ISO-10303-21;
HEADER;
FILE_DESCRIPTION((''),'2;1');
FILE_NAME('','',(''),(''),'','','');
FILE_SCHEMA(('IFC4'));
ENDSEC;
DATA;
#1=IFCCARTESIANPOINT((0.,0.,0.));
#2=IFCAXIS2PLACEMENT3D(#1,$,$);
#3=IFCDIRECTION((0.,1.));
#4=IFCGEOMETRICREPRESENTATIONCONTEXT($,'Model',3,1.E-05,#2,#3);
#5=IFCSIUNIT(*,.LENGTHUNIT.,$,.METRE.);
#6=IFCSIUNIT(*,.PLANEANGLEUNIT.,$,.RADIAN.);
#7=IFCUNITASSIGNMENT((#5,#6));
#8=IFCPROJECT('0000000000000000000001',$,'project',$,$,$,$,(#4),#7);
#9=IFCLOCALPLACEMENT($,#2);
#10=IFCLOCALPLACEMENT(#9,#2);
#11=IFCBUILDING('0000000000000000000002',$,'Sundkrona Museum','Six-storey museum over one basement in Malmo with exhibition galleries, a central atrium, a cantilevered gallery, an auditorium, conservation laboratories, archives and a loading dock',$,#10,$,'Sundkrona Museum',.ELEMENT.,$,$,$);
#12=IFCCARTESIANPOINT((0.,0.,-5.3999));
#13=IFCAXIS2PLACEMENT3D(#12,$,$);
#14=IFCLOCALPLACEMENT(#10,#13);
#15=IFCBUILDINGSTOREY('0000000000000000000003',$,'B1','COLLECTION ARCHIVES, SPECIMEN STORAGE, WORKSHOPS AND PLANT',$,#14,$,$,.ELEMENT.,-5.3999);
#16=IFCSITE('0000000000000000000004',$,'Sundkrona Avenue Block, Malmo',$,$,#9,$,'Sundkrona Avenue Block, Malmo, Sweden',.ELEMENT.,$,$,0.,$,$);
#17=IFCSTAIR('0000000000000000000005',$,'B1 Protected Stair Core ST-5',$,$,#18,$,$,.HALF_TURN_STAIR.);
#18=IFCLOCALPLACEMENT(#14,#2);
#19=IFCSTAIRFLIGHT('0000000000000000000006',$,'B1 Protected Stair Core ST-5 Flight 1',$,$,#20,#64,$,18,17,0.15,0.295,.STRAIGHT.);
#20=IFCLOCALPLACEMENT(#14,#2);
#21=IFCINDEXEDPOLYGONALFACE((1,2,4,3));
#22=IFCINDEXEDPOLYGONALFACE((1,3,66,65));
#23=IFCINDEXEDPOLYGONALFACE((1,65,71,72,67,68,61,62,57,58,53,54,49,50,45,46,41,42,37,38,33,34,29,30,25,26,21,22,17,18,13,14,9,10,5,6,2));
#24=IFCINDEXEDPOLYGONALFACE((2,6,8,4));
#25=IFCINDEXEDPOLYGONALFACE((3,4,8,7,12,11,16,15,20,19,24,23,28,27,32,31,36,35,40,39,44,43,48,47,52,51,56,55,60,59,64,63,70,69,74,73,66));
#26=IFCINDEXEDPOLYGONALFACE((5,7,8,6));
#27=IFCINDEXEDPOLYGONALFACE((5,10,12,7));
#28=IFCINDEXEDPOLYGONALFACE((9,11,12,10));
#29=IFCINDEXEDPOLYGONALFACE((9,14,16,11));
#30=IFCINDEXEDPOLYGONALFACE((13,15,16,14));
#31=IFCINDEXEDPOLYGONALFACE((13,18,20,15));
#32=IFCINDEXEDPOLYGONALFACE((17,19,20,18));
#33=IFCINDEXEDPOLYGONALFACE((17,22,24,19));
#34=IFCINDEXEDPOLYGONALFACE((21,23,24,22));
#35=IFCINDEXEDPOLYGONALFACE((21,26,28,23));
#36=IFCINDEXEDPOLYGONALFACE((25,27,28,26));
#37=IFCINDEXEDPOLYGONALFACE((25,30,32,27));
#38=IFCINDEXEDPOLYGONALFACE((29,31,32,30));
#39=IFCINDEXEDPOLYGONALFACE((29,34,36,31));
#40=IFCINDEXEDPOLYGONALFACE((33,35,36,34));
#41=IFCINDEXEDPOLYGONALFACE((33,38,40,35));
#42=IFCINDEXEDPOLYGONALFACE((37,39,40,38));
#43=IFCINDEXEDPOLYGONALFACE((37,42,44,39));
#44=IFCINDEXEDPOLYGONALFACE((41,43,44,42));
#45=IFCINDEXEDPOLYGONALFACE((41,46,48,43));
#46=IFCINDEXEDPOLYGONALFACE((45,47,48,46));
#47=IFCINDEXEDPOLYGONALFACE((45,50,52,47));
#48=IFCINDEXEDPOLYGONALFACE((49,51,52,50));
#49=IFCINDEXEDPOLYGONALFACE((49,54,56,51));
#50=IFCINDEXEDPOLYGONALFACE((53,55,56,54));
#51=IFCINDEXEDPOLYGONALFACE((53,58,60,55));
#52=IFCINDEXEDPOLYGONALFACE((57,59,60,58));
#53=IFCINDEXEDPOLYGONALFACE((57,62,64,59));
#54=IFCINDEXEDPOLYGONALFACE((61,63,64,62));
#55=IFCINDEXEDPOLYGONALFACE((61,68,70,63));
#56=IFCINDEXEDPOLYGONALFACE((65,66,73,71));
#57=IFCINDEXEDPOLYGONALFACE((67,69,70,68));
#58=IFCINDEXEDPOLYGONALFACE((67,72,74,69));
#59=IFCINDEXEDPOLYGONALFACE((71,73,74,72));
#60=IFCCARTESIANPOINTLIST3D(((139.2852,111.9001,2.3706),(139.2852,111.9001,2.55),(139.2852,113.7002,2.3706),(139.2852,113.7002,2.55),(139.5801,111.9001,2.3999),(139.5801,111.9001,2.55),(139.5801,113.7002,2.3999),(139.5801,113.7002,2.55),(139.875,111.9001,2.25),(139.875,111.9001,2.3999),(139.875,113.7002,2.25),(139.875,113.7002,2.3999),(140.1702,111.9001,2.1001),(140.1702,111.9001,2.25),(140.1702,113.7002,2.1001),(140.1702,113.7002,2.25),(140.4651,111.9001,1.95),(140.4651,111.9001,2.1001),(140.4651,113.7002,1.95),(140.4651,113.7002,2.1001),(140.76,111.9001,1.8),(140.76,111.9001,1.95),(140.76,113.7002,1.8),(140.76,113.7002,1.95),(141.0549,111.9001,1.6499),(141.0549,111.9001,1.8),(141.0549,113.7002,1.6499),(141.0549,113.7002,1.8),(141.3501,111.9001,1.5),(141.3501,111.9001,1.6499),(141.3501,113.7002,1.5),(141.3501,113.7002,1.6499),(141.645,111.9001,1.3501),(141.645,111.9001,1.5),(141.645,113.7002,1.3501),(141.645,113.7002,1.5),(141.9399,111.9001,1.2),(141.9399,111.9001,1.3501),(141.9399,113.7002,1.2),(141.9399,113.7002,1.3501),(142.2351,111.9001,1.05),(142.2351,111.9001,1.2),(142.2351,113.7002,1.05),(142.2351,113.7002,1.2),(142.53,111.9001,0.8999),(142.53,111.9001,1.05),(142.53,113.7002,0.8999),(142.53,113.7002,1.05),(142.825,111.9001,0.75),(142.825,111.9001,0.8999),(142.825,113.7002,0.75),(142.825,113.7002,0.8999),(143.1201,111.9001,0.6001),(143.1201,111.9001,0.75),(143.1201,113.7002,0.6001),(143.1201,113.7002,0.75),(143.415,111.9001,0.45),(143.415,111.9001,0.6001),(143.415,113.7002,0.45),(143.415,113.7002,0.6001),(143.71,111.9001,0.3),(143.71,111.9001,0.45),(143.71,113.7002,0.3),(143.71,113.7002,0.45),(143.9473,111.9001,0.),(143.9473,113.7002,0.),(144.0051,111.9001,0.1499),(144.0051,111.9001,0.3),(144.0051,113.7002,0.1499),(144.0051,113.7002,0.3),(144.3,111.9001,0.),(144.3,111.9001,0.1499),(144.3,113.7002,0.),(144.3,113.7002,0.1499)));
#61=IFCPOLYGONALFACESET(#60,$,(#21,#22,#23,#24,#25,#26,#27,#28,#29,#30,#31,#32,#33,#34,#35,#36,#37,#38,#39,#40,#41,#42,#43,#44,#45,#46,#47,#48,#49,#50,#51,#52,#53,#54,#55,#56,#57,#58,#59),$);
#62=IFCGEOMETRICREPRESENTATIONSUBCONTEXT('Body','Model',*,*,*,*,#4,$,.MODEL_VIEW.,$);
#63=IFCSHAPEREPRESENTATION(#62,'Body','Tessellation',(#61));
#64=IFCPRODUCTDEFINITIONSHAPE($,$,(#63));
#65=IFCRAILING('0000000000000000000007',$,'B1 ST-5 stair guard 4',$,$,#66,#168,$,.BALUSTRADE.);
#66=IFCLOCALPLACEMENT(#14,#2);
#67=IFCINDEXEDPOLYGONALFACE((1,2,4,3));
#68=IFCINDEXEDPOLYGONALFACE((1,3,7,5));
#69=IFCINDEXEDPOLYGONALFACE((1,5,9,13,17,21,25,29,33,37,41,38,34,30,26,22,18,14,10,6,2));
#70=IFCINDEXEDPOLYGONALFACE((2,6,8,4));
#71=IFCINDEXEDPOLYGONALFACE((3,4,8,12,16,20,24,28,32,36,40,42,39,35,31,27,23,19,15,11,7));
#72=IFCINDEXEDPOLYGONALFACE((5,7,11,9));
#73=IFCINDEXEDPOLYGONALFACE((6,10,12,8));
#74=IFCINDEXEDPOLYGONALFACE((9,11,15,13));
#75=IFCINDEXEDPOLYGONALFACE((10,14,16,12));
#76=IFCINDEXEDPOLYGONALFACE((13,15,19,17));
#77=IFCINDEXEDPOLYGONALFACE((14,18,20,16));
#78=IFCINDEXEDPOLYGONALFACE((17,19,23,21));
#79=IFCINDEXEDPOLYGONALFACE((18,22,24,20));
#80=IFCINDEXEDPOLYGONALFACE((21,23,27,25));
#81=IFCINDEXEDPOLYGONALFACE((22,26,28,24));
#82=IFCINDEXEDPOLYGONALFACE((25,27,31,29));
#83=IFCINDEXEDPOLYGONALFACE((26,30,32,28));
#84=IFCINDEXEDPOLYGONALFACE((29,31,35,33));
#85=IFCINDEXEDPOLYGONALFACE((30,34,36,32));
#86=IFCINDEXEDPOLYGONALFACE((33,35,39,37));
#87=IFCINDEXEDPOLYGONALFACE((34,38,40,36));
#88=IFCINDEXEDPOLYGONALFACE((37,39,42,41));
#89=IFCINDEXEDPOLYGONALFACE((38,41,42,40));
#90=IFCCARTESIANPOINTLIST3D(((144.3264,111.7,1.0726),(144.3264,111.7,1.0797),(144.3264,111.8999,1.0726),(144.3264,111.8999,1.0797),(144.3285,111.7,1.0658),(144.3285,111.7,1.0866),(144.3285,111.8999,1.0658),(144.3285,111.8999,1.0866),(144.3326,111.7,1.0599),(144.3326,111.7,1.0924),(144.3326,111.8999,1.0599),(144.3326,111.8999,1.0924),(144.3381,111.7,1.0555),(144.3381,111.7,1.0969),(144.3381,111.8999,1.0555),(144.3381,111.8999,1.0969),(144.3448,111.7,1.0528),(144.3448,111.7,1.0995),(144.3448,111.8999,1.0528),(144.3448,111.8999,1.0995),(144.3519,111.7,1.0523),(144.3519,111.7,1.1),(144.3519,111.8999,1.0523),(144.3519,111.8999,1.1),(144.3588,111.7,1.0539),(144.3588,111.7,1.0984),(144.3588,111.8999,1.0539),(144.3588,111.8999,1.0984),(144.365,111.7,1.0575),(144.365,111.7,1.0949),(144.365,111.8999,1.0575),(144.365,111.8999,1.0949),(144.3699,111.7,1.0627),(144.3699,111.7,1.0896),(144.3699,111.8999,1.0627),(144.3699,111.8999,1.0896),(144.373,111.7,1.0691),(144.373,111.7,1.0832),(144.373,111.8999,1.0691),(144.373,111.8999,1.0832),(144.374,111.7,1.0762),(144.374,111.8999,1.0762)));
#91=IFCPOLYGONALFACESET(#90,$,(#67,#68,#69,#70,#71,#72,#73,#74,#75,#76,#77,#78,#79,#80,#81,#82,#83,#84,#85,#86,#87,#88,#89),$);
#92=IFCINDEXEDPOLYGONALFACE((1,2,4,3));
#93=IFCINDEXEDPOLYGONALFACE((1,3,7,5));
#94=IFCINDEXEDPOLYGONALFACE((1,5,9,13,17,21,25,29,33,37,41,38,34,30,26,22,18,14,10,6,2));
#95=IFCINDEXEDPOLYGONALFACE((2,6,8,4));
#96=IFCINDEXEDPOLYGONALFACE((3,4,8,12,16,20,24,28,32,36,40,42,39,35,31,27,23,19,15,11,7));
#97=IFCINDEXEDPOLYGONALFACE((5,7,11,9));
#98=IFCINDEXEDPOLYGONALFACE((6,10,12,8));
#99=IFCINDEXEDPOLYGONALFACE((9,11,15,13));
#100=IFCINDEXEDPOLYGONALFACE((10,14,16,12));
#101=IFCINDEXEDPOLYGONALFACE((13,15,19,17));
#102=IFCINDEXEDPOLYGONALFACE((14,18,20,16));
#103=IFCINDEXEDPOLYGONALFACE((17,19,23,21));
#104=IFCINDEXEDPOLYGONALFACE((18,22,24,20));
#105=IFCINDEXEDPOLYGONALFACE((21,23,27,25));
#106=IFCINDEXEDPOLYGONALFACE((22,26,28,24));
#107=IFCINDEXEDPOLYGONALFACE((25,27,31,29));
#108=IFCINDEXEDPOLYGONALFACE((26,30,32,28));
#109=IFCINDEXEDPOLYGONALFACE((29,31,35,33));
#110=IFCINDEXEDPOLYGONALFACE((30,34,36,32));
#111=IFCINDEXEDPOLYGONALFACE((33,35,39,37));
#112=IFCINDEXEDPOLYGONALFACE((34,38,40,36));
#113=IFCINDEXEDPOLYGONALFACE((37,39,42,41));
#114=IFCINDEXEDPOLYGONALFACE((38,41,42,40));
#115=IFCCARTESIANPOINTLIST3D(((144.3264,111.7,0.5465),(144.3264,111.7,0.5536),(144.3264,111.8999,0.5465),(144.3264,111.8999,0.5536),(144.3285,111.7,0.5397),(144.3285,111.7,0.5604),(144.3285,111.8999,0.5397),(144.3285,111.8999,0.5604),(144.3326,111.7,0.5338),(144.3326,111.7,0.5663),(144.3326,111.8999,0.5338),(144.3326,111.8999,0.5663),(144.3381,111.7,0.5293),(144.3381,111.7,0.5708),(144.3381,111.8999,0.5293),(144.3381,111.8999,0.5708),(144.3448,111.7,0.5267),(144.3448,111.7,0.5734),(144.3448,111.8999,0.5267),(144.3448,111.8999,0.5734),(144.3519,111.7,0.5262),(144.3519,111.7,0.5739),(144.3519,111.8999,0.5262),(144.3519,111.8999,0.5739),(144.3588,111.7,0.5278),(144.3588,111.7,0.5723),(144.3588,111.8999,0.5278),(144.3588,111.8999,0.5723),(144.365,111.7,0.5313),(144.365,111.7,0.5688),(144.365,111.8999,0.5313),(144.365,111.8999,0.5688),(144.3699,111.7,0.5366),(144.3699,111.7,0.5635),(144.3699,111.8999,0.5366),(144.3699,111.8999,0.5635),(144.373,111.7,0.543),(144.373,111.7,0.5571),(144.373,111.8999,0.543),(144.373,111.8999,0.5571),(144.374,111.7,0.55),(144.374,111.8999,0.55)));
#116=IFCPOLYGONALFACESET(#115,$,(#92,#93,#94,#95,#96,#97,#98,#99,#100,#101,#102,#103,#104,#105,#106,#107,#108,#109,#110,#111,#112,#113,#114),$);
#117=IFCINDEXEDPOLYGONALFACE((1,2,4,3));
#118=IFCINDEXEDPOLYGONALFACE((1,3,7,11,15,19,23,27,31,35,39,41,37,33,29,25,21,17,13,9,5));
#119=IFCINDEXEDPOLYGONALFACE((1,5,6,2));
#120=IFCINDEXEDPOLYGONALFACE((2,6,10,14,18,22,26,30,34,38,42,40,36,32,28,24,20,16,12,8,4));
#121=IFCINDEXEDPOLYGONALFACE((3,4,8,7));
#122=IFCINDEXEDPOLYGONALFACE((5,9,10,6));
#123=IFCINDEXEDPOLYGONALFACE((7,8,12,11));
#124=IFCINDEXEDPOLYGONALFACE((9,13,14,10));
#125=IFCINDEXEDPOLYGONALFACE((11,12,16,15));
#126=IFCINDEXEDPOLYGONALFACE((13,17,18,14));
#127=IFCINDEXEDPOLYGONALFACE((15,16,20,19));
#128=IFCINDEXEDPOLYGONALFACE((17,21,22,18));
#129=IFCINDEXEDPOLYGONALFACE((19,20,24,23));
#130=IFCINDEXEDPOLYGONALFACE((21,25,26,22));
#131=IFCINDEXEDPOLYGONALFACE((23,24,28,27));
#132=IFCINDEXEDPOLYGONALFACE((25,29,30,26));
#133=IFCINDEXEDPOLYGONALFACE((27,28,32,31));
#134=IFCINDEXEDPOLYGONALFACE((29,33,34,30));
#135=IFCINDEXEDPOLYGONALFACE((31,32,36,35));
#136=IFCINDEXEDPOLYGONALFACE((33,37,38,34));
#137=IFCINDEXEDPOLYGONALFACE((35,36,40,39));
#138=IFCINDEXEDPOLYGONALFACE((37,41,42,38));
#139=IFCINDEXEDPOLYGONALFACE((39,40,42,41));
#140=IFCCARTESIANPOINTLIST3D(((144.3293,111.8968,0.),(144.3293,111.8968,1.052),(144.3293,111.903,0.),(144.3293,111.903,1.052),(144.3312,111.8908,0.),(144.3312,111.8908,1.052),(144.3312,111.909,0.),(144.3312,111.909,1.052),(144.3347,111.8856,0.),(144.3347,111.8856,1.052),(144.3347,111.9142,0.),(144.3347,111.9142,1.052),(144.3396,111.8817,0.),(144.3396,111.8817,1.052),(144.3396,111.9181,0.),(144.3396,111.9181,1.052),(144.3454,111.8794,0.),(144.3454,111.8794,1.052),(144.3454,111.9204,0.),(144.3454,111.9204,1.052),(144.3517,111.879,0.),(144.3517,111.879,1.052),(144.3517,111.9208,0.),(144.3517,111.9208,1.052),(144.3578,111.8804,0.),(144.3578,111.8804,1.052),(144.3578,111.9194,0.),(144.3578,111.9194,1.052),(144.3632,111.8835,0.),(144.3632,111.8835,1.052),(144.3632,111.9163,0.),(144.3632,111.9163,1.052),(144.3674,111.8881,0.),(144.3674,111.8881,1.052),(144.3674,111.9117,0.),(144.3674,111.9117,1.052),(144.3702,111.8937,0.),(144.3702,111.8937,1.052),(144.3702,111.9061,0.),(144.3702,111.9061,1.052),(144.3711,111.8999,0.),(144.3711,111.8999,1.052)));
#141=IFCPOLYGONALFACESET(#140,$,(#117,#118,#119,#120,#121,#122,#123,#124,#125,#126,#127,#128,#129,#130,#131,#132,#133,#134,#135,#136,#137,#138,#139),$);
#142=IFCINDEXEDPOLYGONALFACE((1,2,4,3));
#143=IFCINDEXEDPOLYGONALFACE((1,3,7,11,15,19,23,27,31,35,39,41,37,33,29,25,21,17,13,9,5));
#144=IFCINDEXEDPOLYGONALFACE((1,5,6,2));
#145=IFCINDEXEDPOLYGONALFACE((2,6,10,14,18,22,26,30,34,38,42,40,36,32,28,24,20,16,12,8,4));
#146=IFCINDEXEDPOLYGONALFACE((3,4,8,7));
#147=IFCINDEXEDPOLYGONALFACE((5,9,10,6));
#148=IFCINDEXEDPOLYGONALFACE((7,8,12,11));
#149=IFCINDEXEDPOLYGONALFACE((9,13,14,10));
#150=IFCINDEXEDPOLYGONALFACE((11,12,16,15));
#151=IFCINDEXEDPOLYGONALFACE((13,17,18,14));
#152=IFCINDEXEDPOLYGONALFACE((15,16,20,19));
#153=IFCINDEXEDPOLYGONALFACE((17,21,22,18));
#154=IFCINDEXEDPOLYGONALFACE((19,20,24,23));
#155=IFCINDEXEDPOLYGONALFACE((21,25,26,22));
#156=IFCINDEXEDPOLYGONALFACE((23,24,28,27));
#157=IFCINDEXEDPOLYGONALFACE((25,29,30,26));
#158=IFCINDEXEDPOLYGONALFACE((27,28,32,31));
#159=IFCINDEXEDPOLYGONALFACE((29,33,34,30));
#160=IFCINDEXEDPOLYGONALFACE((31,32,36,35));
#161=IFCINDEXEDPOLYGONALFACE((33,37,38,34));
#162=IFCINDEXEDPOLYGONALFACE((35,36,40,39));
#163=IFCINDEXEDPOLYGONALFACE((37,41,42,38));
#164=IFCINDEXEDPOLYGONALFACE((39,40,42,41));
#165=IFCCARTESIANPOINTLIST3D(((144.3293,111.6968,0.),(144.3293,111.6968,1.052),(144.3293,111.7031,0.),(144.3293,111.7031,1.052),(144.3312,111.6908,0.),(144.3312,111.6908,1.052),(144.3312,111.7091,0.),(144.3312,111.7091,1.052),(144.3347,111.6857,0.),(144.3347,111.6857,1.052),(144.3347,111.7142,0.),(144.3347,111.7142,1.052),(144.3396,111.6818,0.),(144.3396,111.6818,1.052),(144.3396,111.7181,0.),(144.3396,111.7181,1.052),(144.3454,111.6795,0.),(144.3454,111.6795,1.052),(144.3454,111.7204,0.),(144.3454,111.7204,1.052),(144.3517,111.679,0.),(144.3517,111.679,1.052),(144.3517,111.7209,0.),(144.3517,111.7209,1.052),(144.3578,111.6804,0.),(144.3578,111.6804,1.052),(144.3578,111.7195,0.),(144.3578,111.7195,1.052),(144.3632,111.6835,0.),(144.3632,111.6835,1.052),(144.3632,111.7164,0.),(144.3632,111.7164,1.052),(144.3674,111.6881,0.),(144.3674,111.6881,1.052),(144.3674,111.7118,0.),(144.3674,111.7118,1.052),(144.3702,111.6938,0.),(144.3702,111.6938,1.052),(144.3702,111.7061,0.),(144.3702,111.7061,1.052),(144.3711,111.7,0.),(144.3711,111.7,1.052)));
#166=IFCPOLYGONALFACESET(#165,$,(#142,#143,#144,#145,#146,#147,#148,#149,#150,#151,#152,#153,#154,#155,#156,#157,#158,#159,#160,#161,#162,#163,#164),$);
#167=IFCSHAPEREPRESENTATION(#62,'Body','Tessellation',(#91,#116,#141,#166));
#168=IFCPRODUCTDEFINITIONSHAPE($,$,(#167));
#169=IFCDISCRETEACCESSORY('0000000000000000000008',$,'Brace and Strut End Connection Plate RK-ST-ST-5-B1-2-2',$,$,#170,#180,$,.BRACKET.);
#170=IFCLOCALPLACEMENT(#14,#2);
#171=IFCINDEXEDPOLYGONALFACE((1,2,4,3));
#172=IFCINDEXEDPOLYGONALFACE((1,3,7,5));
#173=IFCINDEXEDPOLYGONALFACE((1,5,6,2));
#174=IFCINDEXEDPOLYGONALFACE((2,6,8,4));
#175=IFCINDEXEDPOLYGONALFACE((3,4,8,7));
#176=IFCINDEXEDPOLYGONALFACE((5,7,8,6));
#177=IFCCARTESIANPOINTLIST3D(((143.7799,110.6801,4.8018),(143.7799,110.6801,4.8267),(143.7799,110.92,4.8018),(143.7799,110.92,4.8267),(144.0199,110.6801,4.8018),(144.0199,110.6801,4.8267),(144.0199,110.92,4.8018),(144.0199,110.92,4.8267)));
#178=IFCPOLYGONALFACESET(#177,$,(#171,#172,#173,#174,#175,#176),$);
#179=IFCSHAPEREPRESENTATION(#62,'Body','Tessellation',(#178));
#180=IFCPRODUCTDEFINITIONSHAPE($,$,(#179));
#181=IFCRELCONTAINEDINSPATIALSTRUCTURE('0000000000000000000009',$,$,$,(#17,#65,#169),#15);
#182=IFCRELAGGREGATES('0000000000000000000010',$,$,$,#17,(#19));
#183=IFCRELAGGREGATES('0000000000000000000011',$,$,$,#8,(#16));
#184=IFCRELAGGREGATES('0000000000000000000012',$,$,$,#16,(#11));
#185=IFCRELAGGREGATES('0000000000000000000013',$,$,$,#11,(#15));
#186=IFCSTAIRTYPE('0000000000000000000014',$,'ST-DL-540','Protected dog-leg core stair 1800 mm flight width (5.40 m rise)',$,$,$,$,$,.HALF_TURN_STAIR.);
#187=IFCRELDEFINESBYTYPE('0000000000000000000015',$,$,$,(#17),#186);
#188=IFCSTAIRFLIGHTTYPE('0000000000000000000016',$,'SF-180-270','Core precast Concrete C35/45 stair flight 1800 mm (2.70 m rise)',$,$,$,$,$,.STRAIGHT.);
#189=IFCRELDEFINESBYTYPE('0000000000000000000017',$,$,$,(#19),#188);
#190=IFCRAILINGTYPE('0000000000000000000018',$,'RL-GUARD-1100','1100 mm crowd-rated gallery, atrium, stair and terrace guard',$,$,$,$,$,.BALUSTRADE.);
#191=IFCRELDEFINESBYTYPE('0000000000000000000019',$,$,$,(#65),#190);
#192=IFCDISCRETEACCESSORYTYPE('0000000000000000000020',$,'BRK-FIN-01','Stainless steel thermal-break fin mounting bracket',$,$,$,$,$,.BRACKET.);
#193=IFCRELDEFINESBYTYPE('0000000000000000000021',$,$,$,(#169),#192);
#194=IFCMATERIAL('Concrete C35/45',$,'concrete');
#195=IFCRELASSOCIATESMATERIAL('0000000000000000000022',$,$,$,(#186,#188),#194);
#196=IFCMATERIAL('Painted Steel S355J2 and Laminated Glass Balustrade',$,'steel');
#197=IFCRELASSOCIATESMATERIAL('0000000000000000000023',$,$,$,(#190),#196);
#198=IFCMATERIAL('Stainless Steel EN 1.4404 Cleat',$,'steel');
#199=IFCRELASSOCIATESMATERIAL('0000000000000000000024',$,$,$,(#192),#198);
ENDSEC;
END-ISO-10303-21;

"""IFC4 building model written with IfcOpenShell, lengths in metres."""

from ifc_helpers import new_model, si_unit, direction, frame, origin, origin_2d, place, context, subcontext, project, spatial, polyline, rectangle, circle, outline, extrude, material, type_object, element, aggregate, save


model = new_model("IFC4")

# Units and contexts
model_context = context("Model", 3, precision=1e-05, world=origin(), true_north=direction((0.0, 1.0)))
body_context = subcontext(model_context, "Body", "Model", "MODEL_VIEW")
ifc_project = project(units=[si_unit("LENGTHUNIT", "METRE"), si_unit("PLANEANGLEUNIT", "RADIAN")], contexts=[model_context])

# Site, building, storey
site_placement = place(None, origin())
site = spatial("IfcSite", under=ifc_project, at=site_placement, Name="Sundkrona Avenue Block, Malmo", LongName="Sundkrona Avenue Block, Malmo, Sweden", CompositionType="ELEMENT", RefElevation=0.0)
building_placement = place(site_placement, origin())
building = spatial("IfcBuilding", under=site, at=building_placement, Name="Sundkrona Museum", Description="Six-storey museum over one basement in Malmo with exhibition galleries, a central atrium, a cantilevered gallery, an auditorium, conservation laboratories, archives and a loading dock", LongName="Sundkrona Museum", CompositionType="ELEMENT")
storey_placement = place(building_placement, frame((0.0, 0.0, -5.3999)))
storey = spatial("IfcBuildingStorey", under=building, at=storey_placement, Name="B1", Description="COLLECTION ARCHIVES, SPECIMEN STORAGE, WORKSHOPS AND PLANT", CompositionType="ELEMENT", Elevation=-5.3999)

# Stair, stair flight
ifc_material_1 = material(Name="Concrete C35/45", Category="concrete")
stair_type = type_object("IfcStairType", Name="ST-DL-540", Description="Protected dog-leg core stair 1800 mm flight width (5.40 m rise)", PredefinedType="HALF_TURN_STAIR", material=ifc_material_1)
stair_placement = place(storey_placement, origin())
stair = element("IfcStair", 1, at=stair_placement, inside=storey, type_object=stair_type, Name="B1 Protected Stair Core ST-5", PredefinedType="HALF_TURN_STAIR")
stair_flight_type = type_object("IfcStairFlightType", Name="SF-180-270", Description="Core precast Concrete C35/45 stair flight 1800 mm (2.70 m rise)", PredefinedType="STRAIGHT", material=ifc_material_1)
stair_flight_placement = place(storey_placement, frame((144.3, 112.8, 0.0), z_axis=(0.0, 0.0, 1.0), x_axis=(-1.0, 0.0, 0.0)))
stair_flight = element("IfcStairFlight", 2, at=stair_flight_placement, type_object=stair_flight_type, Name="B1 Protected Stair Core ST-5 Flight 1", NumberOfRisers=18, NumberOfTreads=17, PredefinedType="STRAIGHT", RiserHeight=0.15, TreadLength=0.295, context=body_context, shape_type="SweptSolid", body=[
    extrude(outline(polyline([(0.0, 0.0), (0.0, 0.1499), (0.2949, 0.1499), (0.2949, 0.3), (0.5901, 0.3), (0.5901, 0.45), (0.885, 0.45), (0.885, 0.6001), (1.1799, 0.6001), (1.1799, 0.75), (1.4751, 0.75), (1.4751, 0.8999), (1.77, 0.8999), (1.77, 1.05), (2.0649, 1.05), (2.0649, 1.2), (2.3601, 1.2), (2.3601, 1.3501), (2.655, 1.3501), (2.655, 1.5), (2.95, 1.5), (2.95, 1.6499), (3.2451, 1.6499), (3.2451, 1.8), (3.54, 1.8), (3.54, 1.95), (3.835, 1.95), (3.835, 2.1001), (4.1299, 2.1001), (4.1299, 2.25), (4.425, 2.25), (4.425, 2.3999), (4.72, 2.3999), (4.72, 2.55), (5.0149, 2.55), (5.0149, 2.7), (5.0149, 2.3706), (0.3528, 0.0), (0.0, 0.0)])), frame((0.0, 0.8999, 0.0), z_axis=(0.0, -1.0, 0.0), x_axis=(1.0, 0.0, 0.0)), (0.0, 0.0, 1.0), 1.8),
])
aggregate(stair, [stair_flight])

# Railing
ifc_material_2 = material(Name="Painted Steel S355J2 and Laminated Glass Balustrade", Category="steel")
railing_type_1 = type_object("IfcRailingType", Name="RL-GUARD-1100", Description="1100 mm crowd-rated gallery, atrium, stair and terrace guard", PredefinedType="BALUSTRADE", material=ifc_material_2)
railing_1_placement = place(storey_placement, frame((144.3501, 111.8999, 0.0)))
element("IfcRailing", 3, at=railing_1_placement, inside=storey, type_object=railing_type_1, Name="B1 ST-5 stair guard 4", PredefinedType="BALUSTRADE", context=body_context, shape_type="SweptSolid", body=[
    extrude(circle(Radius=0.0239, at=origin_2d()), frame((0.0, 0.0, 1.0762), z_axis=(0.0, -1.0, 0.0), x_axis=(1.0, 0.0, 0.0)), (0.0, 0.0, 1.0), 0.2),
    extrude(circle(Radius=0.0239, at=origin_2d()), frame((0.0, 0.0, 0.55), z_axis=(0.0, -1.0, 0.0), x_axis=(1.0, 0.0, 0.0)), (0.0, 0.0, 1.0), 0.2),
    extrude(circle(Radius=0.021, at=origin_2d()), origin(), (0.0, 0.0, 1.0), 1.052),
    extrude(circle(Radius=0.021, at=origin_2d()), frame((0.0, -0.2, 0.0)), (0.0, 0.0, 1.0), 1.052),
])

# Discrete accessory
ifc_material_3 = material(Name="Stainless Steel EN 1.4404 Cleat", Category="steel")
discrete_accessory_type = type_object("IfcDiscreteAccessoryType", Name="BRK-FIN-01", Description="Stainless steel thermal-break fin mounting bracket", PredefinedType="BRACKET", material=ifc_material_3)
discrete_accessory_placement = place(storey_placement, frame((143.8999, 110.8, 4.8018), z_axis=(0.0, 0.0, 1.0), x_axis=(1.0, 0.0, 0.0)))
element("IfcDiscreteAccessory", 4, at=discrete_accessory_placement, inside=storey, type_object=discrete_accessory_type, Name="Brace and Strut End Connection Plate RK-ST-ST-5-B1-2-2", PredefinedType="BRACKET", context=body_context, shape_type="SweptSolid", body=[
    extrude(rectangle(XDim=0.24, YDim=0.24, at=origin_2d()), origin(), (0.0, 0.0, 1.0), 0.0249),
])

save(model, "model.ifc")
